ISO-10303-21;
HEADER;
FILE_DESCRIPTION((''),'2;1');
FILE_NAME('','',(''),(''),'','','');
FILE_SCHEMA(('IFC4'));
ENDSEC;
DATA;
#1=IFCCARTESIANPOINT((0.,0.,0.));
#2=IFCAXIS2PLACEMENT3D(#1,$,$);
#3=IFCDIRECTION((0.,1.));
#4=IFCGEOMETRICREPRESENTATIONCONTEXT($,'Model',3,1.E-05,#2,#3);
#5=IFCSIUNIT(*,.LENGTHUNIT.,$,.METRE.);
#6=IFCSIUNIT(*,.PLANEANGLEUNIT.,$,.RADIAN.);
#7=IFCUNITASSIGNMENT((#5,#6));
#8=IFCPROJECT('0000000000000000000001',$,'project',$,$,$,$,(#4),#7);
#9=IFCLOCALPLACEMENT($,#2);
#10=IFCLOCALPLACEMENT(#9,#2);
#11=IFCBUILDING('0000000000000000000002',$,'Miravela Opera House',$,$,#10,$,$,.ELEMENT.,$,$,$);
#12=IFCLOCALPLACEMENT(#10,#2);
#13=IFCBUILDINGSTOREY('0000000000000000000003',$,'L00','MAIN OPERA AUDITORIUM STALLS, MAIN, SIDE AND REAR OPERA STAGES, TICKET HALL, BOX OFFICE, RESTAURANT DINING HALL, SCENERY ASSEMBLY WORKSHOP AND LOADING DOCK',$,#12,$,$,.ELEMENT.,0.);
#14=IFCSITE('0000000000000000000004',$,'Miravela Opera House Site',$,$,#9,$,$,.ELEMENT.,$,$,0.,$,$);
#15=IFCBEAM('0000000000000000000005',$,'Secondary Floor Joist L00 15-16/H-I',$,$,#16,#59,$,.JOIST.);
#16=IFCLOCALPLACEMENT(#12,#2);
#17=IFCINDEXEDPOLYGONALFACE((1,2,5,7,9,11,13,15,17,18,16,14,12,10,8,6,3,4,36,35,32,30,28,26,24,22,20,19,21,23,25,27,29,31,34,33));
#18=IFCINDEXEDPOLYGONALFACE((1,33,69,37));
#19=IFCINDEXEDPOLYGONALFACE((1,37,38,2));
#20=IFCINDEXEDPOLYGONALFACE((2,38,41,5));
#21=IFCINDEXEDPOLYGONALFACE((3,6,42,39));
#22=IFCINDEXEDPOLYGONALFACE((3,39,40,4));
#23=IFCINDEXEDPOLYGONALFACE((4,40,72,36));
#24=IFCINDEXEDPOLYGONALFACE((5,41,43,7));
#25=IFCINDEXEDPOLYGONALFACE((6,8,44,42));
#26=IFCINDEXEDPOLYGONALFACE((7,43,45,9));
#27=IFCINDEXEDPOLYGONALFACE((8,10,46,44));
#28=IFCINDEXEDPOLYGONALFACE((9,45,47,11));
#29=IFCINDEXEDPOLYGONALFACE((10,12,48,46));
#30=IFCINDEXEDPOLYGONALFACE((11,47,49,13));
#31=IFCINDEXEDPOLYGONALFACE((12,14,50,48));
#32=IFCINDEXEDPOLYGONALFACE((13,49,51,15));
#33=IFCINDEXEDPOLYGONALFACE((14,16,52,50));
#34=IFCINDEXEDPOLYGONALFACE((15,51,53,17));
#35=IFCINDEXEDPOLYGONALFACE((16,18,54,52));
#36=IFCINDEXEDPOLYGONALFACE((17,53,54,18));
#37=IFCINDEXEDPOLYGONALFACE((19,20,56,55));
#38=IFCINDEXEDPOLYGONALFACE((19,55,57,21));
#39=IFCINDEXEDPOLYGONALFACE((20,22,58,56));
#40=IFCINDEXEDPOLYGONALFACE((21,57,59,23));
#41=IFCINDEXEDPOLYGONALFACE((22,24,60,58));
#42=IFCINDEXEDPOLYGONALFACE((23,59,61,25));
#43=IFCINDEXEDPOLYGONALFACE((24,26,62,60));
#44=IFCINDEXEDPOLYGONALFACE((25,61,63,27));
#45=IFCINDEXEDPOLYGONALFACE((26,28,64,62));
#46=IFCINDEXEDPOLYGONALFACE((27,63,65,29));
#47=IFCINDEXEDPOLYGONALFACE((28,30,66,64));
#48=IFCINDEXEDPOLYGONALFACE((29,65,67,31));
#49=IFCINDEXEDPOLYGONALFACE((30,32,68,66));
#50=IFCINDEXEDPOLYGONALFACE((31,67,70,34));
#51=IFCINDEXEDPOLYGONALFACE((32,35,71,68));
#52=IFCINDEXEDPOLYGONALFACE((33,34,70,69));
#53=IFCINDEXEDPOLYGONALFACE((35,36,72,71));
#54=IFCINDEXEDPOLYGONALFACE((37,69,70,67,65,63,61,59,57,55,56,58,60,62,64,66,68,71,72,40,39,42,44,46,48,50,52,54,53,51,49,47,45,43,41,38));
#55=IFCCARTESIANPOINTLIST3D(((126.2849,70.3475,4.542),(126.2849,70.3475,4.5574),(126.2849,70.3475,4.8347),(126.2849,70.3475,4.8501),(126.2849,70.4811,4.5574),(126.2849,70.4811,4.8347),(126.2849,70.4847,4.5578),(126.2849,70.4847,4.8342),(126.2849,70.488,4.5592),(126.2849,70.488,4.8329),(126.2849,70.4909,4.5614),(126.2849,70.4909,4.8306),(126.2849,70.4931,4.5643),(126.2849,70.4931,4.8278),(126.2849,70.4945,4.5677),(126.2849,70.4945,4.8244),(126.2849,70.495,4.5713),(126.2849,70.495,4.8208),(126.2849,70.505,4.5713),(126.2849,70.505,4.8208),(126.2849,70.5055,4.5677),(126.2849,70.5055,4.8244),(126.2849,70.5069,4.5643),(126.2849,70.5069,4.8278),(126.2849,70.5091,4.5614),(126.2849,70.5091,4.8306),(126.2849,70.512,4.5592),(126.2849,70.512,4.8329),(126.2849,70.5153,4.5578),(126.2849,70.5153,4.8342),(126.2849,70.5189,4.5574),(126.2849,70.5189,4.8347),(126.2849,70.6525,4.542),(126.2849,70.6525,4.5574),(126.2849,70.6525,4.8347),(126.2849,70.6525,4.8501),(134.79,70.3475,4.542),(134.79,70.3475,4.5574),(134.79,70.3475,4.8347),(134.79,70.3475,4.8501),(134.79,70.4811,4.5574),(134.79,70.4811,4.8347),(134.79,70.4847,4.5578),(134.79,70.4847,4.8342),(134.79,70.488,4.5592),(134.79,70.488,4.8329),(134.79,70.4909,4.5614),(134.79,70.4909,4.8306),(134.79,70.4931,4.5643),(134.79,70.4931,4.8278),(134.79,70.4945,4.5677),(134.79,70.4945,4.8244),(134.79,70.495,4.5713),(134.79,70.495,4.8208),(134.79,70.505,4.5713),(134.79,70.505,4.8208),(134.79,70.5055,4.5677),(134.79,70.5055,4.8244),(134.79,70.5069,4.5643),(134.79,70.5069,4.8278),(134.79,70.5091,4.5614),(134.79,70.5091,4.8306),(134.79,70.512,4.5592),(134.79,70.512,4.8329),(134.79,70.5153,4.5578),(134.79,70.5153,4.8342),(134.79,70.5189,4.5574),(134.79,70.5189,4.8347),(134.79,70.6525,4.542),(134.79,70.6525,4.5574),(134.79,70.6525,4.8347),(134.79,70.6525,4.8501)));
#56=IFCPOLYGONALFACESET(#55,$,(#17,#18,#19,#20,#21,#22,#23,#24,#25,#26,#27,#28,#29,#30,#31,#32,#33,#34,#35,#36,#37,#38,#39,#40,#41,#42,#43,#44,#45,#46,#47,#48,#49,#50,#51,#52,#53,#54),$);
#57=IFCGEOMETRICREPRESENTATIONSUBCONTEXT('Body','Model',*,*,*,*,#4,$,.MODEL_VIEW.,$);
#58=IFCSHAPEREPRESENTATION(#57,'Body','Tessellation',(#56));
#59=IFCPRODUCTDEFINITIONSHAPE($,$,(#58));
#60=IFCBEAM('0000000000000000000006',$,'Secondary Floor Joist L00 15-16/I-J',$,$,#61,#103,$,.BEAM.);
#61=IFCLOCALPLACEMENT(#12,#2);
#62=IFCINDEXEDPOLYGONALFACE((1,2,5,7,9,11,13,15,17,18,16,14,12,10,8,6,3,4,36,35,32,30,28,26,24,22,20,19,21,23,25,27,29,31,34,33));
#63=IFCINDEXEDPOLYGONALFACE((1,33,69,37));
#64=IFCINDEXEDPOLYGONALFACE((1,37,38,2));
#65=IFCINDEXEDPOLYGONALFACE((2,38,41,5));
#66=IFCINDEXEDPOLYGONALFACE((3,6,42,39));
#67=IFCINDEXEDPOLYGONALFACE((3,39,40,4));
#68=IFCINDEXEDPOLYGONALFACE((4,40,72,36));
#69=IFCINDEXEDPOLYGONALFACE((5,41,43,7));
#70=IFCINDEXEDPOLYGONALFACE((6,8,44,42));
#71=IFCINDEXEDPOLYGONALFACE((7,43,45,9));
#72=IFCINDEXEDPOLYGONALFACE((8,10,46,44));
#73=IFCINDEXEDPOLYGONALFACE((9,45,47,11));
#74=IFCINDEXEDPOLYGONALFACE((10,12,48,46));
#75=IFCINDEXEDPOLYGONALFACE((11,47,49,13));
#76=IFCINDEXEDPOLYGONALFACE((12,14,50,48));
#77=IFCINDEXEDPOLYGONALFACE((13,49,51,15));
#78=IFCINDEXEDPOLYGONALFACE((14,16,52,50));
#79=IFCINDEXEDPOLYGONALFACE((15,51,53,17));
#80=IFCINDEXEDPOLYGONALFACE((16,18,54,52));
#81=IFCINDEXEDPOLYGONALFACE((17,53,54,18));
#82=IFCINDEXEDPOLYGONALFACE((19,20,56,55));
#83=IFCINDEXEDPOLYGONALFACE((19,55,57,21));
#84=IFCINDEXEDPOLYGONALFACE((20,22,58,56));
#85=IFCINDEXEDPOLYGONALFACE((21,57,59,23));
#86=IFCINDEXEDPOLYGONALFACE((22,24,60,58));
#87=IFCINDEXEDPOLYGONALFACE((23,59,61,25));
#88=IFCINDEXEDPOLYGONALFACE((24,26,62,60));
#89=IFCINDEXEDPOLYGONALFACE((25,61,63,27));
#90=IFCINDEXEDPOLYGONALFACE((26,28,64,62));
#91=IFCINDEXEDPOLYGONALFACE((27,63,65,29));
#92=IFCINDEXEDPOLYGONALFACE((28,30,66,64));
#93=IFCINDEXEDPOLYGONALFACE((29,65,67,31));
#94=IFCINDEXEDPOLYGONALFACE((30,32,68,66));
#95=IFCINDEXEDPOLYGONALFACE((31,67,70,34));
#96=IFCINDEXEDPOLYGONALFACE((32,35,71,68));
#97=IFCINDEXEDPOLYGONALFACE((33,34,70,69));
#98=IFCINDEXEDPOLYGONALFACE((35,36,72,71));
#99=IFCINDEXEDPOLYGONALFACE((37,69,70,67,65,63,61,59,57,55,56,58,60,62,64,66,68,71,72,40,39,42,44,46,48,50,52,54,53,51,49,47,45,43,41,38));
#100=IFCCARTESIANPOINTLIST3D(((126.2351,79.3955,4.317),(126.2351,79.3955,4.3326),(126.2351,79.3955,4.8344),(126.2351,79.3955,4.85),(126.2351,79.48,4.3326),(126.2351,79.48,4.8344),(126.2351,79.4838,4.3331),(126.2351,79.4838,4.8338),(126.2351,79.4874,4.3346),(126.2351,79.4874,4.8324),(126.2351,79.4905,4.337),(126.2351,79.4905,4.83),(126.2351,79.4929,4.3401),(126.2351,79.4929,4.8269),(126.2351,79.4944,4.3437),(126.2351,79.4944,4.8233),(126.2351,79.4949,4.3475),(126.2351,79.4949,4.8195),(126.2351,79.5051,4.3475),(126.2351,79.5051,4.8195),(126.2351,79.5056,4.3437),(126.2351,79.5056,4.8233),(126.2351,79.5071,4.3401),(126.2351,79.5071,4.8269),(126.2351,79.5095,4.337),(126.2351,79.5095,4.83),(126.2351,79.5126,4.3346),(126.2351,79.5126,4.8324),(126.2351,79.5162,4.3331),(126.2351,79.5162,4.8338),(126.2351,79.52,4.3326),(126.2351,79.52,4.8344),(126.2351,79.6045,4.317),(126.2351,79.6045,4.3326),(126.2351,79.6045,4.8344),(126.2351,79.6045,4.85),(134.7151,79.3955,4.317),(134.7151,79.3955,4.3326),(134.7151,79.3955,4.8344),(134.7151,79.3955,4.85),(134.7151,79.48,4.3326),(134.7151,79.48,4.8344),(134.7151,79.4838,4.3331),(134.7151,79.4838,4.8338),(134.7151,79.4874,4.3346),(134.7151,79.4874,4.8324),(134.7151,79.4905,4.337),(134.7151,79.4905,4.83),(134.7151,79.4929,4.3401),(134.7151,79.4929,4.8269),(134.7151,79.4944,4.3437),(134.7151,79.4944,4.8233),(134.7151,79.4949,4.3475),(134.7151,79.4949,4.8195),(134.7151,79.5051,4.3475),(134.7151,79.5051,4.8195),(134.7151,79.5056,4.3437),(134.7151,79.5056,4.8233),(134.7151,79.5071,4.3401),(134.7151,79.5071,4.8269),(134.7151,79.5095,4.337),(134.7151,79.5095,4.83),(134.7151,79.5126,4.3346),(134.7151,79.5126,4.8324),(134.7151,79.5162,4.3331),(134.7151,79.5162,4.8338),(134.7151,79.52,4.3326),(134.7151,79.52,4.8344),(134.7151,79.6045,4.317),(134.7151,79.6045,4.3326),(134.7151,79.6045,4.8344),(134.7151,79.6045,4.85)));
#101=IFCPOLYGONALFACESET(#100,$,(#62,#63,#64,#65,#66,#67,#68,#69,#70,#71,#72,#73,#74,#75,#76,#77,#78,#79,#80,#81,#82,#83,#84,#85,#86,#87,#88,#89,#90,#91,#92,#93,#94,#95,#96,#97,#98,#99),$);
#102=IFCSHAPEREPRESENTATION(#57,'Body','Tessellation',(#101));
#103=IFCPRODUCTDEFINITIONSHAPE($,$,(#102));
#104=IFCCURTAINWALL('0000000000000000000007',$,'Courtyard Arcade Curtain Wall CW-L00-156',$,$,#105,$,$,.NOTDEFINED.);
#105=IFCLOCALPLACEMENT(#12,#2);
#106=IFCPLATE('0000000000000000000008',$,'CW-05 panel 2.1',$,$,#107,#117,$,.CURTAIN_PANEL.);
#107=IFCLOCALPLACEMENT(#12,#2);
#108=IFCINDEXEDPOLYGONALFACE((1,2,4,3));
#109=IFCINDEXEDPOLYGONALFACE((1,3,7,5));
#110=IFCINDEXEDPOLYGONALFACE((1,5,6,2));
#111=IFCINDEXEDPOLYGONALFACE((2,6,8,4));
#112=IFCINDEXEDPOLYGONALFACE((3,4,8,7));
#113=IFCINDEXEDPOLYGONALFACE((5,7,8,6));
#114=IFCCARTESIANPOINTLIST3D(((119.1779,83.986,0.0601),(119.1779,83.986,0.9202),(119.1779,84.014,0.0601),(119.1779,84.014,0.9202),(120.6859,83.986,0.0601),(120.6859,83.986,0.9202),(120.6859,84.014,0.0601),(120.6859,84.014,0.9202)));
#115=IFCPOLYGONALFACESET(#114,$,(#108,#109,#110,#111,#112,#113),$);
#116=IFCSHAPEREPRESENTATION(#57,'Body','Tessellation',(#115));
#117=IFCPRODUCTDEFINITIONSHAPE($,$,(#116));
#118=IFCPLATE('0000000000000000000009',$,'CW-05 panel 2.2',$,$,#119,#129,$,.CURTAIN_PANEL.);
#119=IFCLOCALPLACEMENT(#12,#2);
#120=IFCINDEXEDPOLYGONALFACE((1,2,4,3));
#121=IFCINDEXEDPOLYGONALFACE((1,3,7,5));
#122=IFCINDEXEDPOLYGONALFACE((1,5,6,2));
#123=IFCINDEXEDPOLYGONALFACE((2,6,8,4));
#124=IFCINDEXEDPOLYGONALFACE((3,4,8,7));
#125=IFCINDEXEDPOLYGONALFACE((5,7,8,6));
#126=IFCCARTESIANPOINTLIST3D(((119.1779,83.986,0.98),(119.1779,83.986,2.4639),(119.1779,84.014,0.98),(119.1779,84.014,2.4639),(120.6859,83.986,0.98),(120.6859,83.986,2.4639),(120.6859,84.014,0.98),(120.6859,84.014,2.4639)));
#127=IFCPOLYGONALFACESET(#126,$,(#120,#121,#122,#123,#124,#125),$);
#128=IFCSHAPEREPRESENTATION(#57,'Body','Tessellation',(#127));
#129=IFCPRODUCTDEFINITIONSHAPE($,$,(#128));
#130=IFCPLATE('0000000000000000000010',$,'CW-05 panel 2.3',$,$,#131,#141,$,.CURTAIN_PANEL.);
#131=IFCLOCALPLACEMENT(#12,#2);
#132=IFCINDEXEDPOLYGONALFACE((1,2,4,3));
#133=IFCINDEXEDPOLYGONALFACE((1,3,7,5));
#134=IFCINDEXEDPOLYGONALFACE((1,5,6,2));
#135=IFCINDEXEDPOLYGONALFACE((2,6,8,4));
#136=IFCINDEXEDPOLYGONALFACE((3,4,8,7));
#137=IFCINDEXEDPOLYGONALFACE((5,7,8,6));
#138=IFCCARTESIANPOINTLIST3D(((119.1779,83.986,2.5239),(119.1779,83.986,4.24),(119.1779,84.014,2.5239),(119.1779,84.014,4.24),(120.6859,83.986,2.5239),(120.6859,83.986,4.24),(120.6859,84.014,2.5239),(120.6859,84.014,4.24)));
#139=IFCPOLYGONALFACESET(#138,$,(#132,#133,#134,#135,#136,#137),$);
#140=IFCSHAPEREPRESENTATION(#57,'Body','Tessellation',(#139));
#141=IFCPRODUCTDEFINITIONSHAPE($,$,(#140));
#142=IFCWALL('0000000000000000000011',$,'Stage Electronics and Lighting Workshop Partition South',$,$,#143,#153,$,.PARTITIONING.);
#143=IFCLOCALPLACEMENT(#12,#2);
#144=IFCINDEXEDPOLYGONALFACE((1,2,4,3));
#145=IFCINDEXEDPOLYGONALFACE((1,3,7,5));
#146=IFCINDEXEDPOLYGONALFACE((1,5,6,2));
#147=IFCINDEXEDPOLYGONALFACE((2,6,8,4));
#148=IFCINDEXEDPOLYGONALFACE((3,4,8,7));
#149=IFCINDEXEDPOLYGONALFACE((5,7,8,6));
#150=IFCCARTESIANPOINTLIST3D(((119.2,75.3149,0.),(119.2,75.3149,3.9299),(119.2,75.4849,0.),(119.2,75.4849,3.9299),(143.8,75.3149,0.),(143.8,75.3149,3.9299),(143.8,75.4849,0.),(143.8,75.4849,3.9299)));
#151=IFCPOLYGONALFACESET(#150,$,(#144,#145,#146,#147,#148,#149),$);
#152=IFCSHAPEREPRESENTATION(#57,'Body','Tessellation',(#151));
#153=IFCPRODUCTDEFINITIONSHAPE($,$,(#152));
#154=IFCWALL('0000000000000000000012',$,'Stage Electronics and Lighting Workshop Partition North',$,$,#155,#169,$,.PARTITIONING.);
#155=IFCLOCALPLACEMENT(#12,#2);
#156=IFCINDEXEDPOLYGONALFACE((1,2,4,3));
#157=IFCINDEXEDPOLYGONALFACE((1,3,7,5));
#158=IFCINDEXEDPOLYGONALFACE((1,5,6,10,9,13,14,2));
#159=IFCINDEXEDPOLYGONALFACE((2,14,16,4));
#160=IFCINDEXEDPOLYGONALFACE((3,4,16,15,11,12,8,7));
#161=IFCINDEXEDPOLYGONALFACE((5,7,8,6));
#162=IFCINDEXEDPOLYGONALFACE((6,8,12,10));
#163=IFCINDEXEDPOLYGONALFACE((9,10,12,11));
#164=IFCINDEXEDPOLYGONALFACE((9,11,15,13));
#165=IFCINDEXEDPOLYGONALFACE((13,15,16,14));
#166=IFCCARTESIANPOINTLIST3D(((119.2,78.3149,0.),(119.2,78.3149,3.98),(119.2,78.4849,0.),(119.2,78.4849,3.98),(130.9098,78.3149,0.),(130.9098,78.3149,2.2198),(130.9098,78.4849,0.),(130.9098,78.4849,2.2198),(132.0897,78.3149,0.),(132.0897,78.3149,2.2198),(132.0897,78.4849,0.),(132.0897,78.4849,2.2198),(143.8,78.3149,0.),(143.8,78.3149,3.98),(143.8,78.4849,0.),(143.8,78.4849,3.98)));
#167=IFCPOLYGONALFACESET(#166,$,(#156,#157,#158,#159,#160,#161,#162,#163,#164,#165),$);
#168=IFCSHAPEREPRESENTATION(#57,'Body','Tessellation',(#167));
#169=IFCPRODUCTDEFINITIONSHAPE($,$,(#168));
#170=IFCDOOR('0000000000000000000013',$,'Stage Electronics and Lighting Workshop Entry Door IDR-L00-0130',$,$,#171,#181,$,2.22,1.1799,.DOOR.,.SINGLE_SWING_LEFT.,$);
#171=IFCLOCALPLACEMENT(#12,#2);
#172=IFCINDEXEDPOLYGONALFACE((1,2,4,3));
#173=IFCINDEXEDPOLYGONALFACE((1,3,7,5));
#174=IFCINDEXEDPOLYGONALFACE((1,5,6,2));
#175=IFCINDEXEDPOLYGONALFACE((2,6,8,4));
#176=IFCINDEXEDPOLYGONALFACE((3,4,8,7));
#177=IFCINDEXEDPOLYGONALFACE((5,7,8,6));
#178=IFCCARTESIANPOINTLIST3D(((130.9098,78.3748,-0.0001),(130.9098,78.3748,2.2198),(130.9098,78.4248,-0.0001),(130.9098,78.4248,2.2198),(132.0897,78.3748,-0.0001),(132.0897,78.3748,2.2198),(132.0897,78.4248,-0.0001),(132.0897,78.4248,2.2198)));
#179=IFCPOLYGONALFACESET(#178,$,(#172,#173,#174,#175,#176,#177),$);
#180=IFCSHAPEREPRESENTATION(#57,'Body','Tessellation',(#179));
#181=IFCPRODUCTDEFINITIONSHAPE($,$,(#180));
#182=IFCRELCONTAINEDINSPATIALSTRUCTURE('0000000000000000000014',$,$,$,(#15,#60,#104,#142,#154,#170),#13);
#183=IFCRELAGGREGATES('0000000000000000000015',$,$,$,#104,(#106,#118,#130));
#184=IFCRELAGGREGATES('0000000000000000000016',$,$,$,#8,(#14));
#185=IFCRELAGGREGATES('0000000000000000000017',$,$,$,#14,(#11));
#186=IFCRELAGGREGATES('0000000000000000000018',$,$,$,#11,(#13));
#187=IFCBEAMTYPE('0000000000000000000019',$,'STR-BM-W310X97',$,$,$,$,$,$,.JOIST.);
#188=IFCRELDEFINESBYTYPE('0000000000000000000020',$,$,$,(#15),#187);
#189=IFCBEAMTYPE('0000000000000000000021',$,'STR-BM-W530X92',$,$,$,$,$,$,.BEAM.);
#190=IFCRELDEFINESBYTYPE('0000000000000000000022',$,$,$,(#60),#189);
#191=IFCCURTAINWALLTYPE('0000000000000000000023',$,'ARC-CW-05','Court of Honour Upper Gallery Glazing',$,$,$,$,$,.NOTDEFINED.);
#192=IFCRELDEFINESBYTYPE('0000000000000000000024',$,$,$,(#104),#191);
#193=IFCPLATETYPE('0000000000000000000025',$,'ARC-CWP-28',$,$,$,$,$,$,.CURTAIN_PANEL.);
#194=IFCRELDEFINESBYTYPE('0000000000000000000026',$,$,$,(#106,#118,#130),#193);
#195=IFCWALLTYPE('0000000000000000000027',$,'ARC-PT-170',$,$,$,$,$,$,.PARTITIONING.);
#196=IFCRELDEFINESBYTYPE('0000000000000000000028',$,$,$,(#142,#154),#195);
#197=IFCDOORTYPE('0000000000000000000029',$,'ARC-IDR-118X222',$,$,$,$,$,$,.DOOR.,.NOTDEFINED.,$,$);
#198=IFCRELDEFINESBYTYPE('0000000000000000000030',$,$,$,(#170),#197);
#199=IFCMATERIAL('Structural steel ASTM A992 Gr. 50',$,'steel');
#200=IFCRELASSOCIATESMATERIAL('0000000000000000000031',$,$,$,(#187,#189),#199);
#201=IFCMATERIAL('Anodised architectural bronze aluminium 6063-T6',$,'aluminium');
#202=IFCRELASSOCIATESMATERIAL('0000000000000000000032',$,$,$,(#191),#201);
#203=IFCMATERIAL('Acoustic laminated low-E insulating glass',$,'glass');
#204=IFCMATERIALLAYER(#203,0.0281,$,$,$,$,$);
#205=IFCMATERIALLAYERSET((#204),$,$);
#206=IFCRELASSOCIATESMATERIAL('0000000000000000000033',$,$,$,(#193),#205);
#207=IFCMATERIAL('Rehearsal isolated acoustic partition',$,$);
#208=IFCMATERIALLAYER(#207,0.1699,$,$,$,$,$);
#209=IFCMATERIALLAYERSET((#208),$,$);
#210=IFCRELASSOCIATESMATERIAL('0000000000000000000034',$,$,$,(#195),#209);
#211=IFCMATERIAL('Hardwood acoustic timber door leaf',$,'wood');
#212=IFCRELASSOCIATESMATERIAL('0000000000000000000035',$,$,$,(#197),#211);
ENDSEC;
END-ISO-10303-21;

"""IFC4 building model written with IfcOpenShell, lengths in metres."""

from ifc_helpers import new_model, si_unit, direction, frame, frame_2d, origin, origin_2d, place, context, subcontext, project, spatial, rectangle, i_section, extrude, material, layer, layer_set, material_profile, profile_set, type_object, element, fill, aggregate, save


model = new_model("IFC4")

# Units and contexts
model_context = context("Model", 3, precision=1e-05, world=origin(), true_north=direction((0.0, 1.0)))
body_context = subcontext(model_context, "Body", "Model", "MODEL_VIEW")
ifc_project = project(units=[si_unit("LENGTHUNIT", "METRE"), si_unit("PLANEANGLEUNIT", "RADIAN")], contexts=[model_context])

# Site, building, storey
site_placement = place(None, origin())
site = spatial("IfcSite", under=ifc_project, at=site_placement, Name="Miravela Opera House Site", CompositionType="ELEMENT", RefElevation=0.0)
building_placement = place(site_placement, origin())
building = spatial("IfcBuilding", under=site, at=building_placement, Name="Miravela Opera House", CompositionType="ELEMENT")
storey_placement = place(building_placement, origin())
storey = spatial("IfcBuildingStorey", under=building, at=storey_placement, Name="L00", Description="MAIN OPERA AUDITORIUM STALLS, MAIN, SIDE AND REAR OPERA STAGES, TICKET HALL, BOX OFFICE, RESTAURANT DINING HALL, SCENERY ASSEMBLY WORKSHOP AND LOADING DOCK", CompositionType="ELEMENT", Elevation=0.0)

# Beams
ifc_material_1 = material(Name="Structural steel ASTM A992 Gr. 50", Category="steel")
ifc_material_profile_1 = material_profile(ifc_material_1, i_section(OverallWidth=0.3049, OverallDepth=0.3081, WebThickness=0.01, FlangeThickness=0.0154, FilletRadius=0.0139, at=origin_2d()), Name="W310X97")
ifc_profile_set_1 = profile_set([ifc_material_profile_1])
beam_type_1 = type_object("IfcBeamType", Name="STR-BM-W310X97", PredefinedType="JOIST", material=ifc_profile_set_1)
beam_1_placement = place(storey_placement, frame((126.2849, 70.5, 4.696), z_axis=(1.0, 0.0, 0.0), x_axis=(0.0, 1.0, 0.0)))
element("IfcBeam", 1, at=beam_1_placement, inside=storey, type_object=beam_type_1, Name="Secondary Floor Joist L00 15-16/H-I", PredefinedType="JOIST", context=body_context, shape_type="SweptSolid", body=[
    extrude(i_section(OverallWidth=0.3049, OverallDepth=0.3081, WebThickness=0.01, FlangeThickness=0.0154, FilletRadius=0.0139, at=origin_2d()), origin(), (0.0, 0.0, 1.0), 8.5051),
])
ifc_material_profile_2 = material_profile(ifc_material_1, i_section(OverallWidth=0.209, OverallDepth=0.533, WebThickness=0.0103, FlangeThickness=0.0156, FilletRadius=0.0149, at=origin_2d()), Name="W530X92")
ifc_profile_set_2 = profile_set([ifc_material_profile_2])
beam_type_2 = type_object("IfcBeamType", Name="STR-BM-W530X92", PredefinedType="BEAM", material=ifc_profile_set_2)
beam_2_placement = place(storey_placement, frame((126.2351, 79.5, 4.5835), z_axis=(1.0, 0.0, 0.0), x_axis=(0.0, 1.0, 0.0)))
element("IfcBeam", 2, at=beam_2_placement, inside=storey, type_object=beam_type_2, Name="Secondary Floor Joist L00 15-16/I-J", PredefinedType="BEAM", context=body_context, shape_type="SweptSolid", body=[
    extrude(i_section(OverallWidth=0.209, OverallDepth=0.533, WebThickness=0.0103, FlangeThickness=0.0156, FilletRadius=0.0149, at=origin_2d()), origin(), (0.0, 0.0, 1.0), 8.48),
])

# Curtain wall, plates
ifc_material_2 = material(Name="Anodised architectural bronze aluminium 6063-T6", Category="aluminium")
curtain_wall_type = type_object("IfcCurtainWallType", Name="ARC-CW-05", Description="Court of Honour Upper Gallery Glazing", PredefinedType="NOTDEFINED", material=ifc_material_2)
curtain_wall_placement = place(storey_placement, origin())
curtain_wall = element("IfcCurtainWall", 3, at=curtain_wall_placement, inside=storey, type_object=curtain_wall_type, Name="Courtyard Arcade Curtain Wall CW-L00-156", PredefinedType="NOTDEFINED")
ifc_material_3 = material(Name="Acoustic laminated low-E insulating glass", Category="glass")
ifc_layer_1 = layer(ifc_material_3, 0.0281)
ifc_layer_set_1 = layer_set([ifc_layer_1])
plate_type = type_object("IfcPlateType", Name="ARC-CWP-28", PredefinedType="CURTAIN_PANEL", material=ifc_layer_set_1)
plate_1_placement = place(storey_placement, frame((119.9319, 84.0, 0.0601), z_axis=(0.0, 0.0, 1.0), x_axis=(1.0, 0.0, 0.0)))
plate_1 = element("IfcPlate", 4, at=plate_1_placement, type_object=plate_type, Name="CW-05 panel 2.1", PredefinedType="CURTAIN_PANEL", context=body_context, shape_type="SweptSolid", body=[
    extrude(rectangle(XDim=1.5081, YDim=0.0281, at=origin_2d()), origin(), (0.0, 0.0, 1.0), 0.8601),
])
plate_2_placement = place(storey_placement, frame((119.9319, 84.0, 0.98), z_axis=(0.0, 0.0, 1.0), x_axis=(1.0, 0.0, 0.0)))
plate_2 = element("IfcPlate", 5, at=plate_2_placement, type_object=plate_type, Name="CW-05 panel 2.2", PredefinedType="CURTAIN_PANEL", context=body_context, shape_type="SweptSolid", body=[
    extrude(rectangle(XDim=1.5081, YDim=0.0281, at=origin_2d()), origin(), (0.0, 0.0, 1.0), 1.4839),
])
plate_3_placement = place(storey_placement, frame((119.9319, 84.0, 2.5239), z_axis=(0.0, 0.0, 1.0), x_axis=(1.0, 0.0, 0.0)))
plate_3 = element("IfcPlate", 6, at=plate_3_placement, type_object=plate_type, Name="CW-05 panel 2.3", PredefinedType="CURTAIN_PANEL", context=body_context, shape_type="SweptSolid", body=[
    extrude(rectangle(XDim=1.5081, YDim=0.0281, at=origin_2d()), origin(), (0.0, 0.0, 1.0), 1.7161),
])
aggregate(curtain_wall, [plate_1, plate_2, plate_3])

# Wall
ifc_material_4 = material(Name="Rehearsal isolated acoustic partition")
ifc_layer_2 = layer(ifc_material_4, 0.1699)
ifc_layer_set_2 = layer_set([ifc_layer_2])
wall_type_1 = type_object("IfcWallType", Name="ARC-PT-170", PredefinedType="PARTITIONING", material=ifc_layer_set_2)
wall_1_placement = place(storey_placement, frame((119.2, 75.3999, 0.0), z_axis=(0.0, 0.0, 1.0), x_axis=(1.0, 0.0, 0.0)))
element("IfcWall", 7, at=wall_1_placement, inside=storey, type_object=wall_type_1, Name="Stage Electronics and Lighting Workshop Partition South", PredefinedType="PARTITIONING", context=body_context, shape_type="SweptSolid", body=[
    extrude(rectangle(XDim=24.6001, YDim=0.1699, at=frame_2d((12.3, 0.0))), origin(), (0.0, 0.0, 1.0), 3.9299),
])

# Wall, opening, door
wall_2_placement = place(storey_placement, frame((119.2, 78.3999, 0.0), z_axis=(0.0, 0.0, 1.0), x_axis=(1.0, 0.0, 0.0)))
wall_2 = element("IfcWall", 8, at=wall_2_placement, inside=storey, type_object=wall_type_1, Name="Stage Electronics and Lighting Workshop Partition North", PredefinedType="PARTITIONING", context=body_context, shape_type="SweptSolid", body=[
    extrude(rectangle(XDim=24.6001, YDim=0.1699, at=frame_2d((12.3, 0.0))), origin(), (0.0, 0.0, 1.0), 3.98),
])
opening_placement = place(wall_2_placement, frame((11.71, 0.0, 0.0)))
opening = element("IfcOpeningElement", 9, at=opening_placement, cuts=wall_2, PredefinedType="OPENING", context=body_context, shape_type="SweptSolid", body=[
    extrude(rectangle(XDim=1.1799, YDim=2.22, at=frame_2d((0.5898, 1.1099))), frame((0.0, 0.095, 0.0), z_axis=(0.0, -1.0, 0.0), x_axis=(1.0, 0.0, 0.0)), (0.0, 0.0, 1.0), 0.1899),
])
ifc_material_5 = material(Name="Hardwood acoustic timber door leaf", Category="wood")
door_type = type_object("IfcDoorType", Name="ARC-IDR-118X222", OperationType="NOTDEFINED", PredefinedType="DOOR", material=ifc_material_5)
door_placement = place(opening_placement, origin())
door = element("IfcDoor", 10, at=door_placement, inside=storey, type_object=door_type, Name="Stage Electronics and Lighting Workshop Entry Door IDR-L00-0130", OperationType="SINGLE_SWING_LEFT", OverallHeight=2.22, OverallWidth=1.1799, PredefinedType="DOOR", context=body_context, shape_type="SweptSolid", body=[
    extrude(rectangle(XDim=1.1799, YDim=2.22, at=frame_2d((0.5898, 1.1099))), frame((0.0, 0.0249, 0.0), z_axis=(0.0, -1.0, 0.0), x_axis=(1.0, 0.0, 0.0)), (0.0, 0.0, 1.0), 0.05),
])
fill(opening, door)

save(model, "model.ifc")
